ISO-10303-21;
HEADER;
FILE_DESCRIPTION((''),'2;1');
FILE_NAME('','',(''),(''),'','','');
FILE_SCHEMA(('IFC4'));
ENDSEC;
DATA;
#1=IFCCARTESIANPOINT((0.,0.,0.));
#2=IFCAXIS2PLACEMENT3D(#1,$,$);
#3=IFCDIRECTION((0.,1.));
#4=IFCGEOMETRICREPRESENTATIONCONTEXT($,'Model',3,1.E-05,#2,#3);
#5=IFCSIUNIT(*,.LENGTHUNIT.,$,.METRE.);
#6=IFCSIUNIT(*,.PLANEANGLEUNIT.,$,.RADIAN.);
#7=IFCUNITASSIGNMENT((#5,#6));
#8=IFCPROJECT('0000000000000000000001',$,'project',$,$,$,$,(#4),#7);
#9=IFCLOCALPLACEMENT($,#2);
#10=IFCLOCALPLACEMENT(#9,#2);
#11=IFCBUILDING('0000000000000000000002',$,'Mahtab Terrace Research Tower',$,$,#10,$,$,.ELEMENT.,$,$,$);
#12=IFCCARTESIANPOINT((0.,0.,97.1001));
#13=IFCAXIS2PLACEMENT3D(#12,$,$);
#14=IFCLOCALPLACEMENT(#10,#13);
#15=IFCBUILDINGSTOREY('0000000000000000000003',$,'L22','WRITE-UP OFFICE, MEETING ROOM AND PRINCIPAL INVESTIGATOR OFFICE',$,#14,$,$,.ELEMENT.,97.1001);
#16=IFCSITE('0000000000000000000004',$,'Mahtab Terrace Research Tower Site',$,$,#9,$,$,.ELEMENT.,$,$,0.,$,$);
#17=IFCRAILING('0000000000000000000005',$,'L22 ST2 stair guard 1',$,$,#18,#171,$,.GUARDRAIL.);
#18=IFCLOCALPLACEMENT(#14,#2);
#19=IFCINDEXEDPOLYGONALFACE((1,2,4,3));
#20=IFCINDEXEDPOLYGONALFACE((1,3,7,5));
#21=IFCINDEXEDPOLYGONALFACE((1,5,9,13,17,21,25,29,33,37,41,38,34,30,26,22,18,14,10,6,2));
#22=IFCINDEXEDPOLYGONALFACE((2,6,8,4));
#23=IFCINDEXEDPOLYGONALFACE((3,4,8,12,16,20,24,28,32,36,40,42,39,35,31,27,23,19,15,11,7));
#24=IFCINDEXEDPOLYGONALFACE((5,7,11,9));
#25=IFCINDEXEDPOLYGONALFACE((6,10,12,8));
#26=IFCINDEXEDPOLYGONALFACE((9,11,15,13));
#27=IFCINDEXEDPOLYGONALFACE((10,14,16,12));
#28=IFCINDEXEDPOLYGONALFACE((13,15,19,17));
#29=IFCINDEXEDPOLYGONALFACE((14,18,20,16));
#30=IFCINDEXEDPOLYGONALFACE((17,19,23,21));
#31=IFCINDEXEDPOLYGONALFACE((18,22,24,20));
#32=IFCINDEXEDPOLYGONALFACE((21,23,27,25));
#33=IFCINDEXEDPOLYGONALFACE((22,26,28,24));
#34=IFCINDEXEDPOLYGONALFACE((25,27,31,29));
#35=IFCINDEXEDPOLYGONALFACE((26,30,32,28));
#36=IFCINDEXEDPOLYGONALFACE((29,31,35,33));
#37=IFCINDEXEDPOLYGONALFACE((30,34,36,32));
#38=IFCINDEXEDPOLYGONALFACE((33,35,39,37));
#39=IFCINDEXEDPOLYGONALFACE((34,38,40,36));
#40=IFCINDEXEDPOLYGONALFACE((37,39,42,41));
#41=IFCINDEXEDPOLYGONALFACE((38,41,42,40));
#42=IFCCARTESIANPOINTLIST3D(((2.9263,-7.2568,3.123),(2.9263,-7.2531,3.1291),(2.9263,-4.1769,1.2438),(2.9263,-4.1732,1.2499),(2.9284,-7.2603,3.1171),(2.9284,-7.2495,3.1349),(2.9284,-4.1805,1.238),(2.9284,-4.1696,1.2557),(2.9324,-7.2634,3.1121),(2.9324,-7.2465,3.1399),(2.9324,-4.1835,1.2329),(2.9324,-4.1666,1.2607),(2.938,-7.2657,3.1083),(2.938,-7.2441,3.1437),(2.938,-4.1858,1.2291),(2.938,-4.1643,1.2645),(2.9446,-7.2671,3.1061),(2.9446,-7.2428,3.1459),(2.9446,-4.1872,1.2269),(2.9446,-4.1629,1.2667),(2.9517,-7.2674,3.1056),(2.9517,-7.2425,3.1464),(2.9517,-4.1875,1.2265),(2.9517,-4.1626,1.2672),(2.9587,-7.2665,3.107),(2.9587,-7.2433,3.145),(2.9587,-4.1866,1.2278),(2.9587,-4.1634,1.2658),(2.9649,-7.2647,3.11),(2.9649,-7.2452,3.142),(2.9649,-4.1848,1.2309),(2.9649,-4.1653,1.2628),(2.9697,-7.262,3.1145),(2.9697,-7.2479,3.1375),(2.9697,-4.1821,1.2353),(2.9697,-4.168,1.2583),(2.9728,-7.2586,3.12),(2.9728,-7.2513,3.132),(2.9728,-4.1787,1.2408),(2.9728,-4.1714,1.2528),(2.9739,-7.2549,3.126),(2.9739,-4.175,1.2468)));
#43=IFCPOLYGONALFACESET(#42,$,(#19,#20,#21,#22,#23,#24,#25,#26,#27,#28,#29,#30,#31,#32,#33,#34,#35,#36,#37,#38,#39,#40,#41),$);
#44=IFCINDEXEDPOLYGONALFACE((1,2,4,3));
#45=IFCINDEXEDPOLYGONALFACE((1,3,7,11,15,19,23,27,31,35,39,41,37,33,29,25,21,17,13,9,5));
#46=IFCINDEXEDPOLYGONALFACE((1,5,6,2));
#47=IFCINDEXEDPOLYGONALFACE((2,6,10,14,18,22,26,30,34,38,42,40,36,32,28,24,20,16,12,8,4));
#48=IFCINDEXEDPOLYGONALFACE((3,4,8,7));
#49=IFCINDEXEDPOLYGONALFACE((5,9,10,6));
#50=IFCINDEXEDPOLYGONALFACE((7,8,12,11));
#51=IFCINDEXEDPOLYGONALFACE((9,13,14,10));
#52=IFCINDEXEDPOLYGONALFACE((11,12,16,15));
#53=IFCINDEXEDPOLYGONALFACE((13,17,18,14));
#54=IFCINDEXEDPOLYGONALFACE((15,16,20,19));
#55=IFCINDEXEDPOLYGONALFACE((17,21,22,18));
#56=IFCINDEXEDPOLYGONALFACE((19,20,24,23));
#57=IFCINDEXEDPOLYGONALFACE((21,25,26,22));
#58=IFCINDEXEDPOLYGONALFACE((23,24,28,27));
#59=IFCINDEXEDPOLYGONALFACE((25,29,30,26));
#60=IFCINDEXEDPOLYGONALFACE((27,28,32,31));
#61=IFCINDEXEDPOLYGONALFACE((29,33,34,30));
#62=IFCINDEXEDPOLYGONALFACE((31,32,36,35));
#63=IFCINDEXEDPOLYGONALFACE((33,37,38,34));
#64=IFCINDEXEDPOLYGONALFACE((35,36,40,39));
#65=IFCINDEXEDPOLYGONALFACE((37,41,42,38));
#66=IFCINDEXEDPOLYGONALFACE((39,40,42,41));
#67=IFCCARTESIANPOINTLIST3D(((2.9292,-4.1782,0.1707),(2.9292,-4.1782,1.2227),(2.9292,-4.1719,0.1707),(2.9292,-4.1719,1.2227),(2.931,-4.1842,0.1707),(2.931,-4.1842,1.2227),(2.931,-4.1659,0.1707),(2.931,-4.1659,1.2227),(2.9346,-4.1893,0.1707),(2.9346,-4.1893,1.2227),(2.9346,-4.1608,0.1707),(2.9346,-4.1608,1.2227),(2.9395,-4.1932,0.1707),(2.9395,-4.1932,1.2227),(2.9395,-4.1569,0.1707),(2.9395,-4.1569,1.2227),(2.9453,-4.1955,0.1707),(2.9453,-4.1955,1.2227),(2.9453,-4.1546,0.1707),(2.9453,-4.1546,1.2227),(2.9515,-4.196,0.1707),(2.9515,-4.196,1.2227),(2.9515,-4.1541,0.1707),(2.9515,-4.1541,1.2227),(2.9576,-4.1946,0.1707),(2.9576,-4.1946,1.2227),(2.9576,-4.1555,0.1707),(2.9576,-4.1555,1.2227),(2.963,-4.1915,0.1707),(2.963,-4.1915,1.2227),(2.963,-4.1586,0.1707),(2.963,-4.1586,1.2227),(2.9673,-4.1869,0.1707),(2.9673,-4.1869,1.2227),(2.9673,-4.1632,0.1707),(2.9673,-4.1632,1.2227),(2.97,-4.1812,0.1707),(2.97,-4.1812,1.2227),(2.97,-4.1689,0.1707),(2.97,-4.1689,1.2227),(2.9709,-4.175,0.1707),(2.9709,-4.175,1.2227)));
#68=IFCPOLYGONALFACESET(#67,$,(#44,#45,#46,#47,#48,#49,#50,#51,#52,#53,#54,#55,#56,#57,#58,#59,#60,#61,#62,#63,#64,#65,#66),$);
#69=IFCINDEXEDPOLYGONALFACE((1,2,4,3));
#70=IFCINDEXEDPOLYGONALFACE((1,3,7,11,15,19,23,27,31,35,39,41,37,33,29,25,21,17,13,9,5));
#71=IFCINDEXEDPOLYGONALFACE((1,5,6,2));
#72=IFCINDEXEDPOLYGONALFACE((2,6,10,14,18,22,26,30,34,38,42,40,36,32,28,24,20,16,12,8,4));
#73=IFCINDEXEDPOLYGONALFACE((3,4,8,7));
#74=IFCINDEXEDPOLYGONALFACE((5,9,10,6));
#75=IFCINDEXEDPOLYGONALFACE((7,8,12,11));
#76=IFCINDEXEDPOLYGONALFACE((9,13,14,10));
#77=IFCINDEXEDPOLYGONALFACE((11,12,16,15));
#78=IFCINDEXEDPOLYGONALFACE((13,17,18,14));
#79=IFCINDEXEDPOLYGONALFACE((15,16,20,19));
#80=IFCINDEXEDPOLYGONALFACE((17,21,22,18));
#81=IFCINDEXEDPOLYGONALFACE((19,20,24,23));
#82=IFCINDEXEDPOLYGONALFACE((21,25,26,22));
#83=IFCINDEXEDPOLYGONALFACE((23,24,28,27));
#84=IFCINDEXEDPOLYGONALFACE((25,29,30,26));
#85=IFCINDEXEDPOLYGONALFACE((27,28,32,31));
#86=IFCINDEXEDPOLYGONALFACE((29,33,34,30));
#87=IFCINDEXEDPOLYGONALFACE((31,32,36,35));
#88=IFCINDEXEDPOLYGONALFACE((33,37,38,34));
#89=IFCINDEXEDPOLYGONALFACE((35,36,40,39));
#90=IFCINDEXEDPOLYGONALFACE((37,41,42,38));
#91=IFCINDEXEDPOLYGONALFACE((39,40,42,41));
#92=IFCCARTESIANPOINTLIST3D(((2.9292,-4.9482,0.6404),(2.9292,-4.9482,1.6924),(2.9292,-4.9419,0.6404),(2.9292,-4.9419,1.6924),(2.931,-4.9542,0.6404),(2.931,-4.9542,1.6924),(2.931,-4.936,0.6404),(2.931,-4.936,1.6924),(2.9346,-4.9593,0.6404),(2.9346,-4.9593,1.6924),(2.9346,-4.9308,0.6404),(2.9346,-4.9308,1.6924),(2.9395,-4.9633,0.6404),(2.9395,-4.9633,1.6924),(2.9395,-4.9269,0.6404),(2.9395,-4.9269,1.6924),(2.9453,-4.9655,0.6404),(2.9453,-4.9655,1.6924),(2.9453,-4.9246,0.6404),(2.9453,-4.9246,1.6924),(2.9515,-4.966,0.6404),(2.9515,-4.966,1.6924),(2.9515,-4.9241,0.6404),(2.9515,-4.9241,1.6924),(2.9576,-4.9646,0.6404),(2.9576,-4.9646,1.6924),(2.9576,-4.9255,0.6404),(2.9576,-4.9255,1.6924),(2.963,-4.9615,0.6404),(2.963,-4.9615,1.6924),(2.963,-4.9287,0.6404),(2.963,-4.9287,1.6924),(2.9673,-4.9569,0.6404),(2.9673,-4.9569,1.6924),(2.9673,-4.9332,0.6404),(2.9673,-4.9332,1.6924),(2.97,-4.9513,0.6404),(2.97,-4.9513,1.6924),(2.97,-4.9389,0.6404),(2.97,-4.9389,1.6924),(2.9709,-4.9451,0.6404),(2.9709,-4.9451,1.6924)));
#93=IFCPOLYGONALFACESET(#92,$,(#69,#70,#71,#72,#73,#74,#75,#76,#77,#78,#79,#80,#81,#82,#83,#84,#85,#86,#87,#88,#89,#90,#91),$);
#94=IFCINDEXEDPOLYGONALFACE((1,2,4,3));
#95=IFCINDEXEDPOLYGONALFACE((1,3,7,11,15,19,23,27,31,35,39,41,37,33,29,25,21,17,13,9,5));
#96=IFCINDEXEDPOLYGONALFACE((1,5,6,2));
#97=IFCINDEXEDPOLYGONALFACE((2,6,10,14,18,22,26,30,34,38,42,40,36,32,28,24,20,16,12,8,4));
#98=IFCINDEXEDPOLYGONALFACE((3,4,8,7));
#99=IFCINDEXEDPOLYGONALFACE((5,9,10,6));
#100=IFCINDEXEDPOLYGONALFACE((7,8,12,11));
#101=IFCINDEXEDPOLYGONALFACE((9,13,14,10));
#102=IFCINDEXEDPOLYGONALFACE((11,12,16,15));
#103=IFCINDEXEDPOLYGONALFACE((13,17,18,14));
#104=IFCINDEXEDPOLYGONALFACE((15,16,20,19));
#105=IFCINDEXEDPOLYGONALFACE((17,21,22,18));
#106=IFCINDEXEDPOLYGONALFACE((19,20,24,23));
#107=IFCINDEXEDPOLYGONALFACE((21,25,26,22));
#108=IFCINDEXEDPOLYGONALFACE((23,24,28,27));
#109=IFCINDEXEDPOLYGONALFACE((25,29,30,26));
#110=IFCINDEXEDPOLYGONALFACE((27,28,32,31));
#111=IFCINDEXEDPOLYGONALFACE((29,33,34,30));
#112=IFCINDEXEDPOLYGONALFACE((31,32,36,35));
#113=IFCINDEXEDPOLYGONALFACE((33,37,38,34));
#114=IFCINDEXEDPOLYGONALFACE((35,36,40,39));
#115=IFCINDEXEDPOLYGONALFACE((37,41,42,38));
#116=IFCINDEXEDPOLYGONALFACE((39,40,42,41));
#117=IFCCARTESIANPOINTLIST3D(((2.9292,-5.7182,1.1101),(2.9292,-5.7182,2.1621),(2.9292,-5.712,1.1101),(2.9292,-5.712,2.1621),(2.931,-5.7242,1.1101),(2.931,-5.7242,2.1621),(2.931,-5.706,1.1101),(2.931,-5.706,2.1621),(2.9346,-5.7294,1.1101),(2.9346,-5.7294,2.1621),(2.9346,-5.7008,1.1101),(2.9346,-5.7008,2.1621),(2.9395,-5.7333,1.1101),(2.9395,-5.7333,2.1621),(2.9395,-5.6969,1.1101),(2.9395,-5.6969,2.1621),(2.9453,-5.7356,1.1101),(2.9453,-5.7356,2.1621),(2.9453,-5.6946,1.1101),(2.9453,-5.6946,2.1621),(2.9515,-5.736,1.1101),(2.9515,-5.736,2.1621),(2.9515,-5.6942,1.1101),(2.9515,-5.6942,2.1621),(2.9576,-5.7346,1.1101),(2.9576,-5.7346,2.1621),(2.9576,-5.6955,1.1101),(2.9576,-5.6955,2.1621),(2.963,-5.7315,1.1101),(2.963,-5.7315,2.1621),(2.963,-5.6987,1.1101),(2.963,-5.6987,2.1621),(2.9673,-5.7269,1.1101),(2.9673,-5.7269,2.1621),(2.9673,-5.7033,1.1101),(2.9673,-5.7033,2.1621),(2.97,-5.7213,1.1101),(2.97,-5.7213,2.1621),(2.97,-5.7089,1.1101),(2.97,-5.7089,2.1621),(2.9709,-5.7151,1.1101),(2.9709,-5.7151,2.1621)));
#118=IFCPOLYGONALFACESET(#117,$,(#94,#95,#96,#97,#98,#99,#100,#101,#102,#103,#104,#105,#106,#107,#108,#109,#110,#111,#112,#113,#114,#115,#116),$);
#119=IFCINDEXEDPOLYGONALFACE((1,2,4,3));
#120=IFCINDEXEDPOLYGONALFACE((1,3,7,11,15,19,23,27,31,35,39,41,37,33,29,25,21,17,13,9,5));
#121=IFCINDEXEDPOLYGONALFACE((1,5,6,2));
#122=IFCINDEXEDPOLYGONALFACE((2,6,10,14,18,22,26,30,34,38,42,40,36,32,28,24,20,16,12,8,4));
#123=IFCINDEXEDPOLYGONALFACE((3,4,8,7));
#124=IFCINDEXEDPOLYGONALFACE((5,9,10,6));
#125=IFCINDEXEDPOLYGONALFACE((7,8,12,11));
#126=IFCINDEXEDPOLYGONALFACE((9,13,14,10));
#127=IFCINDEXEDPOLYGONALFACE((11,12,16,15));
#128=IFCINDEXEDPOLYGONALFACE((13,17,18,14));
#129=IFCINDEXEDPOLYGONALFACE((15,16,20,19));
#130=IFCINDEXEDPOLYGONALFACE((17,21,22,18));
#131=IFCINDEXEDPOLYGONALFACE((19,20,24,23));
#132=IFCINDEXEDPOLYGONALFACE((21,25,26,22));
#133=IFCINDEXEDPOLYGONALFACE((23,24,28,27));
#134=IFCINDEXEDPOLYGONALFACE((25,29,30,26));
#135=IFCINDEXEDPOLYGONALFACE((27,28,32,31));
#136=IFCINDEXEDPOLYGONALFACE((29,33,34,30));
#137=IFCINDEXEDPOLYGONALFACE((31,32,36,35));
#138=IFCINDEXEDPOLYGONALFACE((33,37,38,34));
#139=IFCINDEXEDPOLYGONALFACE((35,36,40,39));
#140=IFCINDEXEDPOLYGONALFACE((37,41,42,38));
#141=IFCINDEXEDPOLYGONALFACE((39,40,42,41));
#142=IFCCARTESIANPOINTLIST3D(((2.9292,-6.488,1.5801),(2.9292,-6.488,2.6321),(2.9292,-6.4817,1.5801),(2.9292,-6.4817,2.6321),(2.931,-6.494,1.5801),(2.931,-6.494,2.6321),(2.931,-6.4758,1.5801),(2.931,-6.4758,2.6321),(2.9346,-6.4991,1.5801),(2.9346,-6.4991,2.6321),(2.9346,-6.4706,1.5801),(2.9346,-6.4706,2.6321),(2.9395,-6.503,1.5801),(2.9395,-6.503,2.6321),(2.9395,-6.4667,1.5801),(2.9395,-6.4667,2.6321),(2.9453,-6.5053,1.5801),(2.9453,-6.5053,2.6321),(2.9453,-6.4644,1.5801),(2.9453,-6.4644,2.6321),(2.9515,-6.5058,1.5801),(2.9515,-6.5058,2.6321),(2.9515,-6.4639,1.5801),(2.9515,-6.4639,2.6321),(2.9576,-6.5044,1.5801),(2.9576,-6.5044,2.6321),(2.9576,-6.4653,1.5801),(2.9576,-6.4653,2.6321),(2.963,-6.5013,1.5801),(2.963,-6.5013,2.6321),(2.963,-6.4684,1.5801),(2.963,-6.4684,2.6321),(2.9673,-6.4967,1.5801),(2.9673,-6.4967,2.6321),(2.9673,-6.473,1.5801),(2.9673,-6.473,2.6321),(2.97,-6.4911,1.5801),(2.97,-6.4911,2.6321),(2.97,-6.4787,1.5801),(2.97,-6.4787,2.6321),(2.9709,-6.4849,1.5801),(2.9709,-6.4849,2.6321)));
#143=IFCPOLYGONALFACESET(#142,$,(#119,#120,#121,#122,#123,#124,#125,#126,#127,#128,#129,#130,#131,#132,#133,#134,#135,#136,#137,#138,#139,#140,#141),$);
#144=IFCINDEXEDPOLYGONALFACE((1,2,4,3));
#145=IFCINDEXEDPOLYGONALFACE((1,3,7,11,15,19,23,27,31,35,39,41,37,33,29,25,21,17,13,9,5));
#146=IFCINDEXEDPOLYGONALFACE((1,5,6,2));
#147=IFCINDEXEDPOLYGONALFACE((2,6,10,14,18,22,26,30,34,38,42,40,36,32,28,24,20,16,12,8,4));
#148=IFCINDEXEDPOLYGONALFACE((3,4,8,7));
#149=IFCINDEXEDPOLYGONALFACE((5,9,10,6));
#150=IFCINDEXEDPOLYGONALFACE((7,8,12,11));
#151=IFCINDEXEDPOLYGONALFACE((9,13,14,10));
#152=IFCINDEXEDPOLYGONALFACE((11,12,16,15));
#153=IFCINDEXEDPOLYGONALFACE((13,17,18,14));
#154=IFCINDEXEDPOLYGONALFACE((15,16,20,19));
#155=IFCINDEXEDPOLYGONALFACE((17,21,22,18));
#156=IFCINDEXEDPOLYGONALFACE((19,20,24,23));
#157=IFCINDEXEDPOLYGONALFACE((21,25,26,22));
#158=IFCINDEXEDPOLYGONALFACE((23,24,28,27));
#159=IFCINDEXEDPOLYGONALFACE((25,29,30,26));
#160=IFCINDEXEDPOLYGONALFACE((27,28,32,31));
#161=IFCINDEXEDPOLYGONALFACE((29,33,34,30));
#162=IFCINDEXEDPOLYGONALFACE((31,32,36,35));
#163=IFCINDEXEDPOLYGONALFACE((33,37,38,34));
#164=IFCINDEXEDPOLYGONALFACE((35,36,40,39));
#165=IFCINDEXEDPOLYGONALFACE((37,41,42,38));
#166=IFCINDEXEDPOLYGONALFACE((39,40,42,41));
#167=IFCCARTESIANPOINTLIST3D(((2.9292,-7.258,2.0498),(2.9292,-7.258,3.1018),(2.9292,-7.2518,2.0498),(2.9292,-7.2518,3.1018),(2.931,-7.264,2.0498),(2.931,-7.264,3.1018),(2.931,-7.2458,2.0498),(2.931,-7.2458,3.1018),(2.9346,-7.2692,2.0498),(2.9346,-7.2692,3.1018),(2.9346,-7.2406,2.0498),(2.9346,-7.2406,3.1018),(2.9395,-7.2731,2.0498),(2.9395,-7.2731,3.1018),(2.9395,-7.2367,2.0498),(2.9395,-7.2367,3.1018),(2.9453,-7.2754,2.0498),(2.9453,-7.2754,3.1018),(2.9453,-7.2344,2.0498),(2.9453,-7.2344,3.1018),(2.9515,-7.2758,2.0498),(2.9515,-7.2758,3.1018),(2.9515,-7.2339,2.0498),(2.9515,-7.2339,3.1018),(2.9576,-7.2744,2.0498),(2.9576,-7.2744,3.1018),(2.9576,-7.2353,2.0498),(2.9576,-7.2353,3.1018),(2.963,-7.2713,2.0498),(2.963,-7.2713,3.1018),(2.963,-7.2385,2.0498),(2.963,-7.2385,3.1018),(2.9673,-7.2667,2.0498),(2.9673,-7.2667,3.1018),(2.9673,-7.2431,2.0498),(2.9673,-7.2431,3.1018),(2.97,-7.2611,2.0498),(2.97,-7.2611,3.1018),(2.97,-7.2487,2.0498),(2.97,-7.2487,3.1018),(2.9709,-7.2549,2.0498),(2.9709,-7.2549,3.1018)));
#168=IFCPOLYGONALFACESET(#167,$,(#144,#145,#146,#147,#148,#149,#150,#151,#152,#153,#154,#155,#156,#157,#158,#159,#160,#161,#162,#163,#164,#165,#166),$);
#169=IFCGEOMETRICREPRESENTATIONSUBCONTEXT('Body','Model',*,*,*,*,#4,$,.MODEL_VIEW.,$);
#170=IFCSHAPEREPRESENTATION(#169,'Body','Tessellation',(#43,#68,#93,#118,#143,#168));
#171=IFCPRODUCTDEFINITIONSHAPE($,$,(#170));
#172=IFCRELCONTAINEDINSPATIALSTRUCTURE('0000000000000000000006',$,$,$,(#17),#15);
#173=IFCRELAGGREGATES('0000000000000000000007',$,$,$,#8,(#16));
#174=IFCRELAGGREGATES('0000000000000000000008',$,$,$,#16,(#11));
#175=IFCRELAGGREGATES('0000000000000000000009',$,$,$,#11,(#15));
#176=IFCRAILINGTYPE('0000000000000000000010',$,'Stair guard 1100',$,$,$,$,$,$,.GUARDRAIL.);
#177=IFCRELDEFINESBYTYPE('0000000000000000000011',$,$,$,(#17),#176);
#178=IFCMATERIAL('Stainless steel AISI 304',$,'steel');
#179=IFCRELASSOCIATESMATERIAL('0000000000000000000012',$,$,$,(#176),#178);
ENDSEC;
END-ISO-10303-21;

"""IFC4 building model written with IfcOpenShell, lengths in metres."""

from ifc_helpers import new_model, si_unit, direction, frame, origin, origin_2d, place, context, subcontext, project, spatial, circle, extrude, material, type_object, element, save


model = new_model("IFC4")

# Units and contexts
model_context = context("Model", 3, precision=1e-05, world=origin(), true_north=direction((0.0, 1.0)))
body_context = subcontext(model_context, "Body", "Model", "MODEL_VIEW")
ifc_project = project(units=[si_unit("LENGTHUNIT", "METRE"), si_unit("PLANEANGLEUNIT", "RADIAN")], contexts=[model_context])

# Site, building, storey
site_placement = place(None, origin())
site = spatial("IfcSite", under=ifc_project, at=site_placement, Name="Mahtab Terrace Research Tower Site", CompositionType="ELEMENT", RefElevation=0.0)
building_placement = place(site_placement, origin())
building = spatial("IfcBuilding", under=site, at=building_placement, Name="Mahtab Terrace Research Tower", CompositionType="ELEMENT")
storey_placement = place(building_placement, frame((0.0, 0.0, 97.1001)))
storey = spatial("IfcBuildingStorey", under=building, at=storey_placement, Name="L22", Description="WRITE-UP OFFICE, MEETING ROOM AND PRINCIPAL INVESTIGATOR OFFICE", CompositionType="ELEMENT", Elevation=97.1001)

# Railing
ifc_material_1 = material(Name="Stainless steel AISI 304", Category="steel")
railing_type_1 = type_object("IfcRailingType", Name="Stair guard 1100", PredefinedType="GUARDRAIL", material=ifc_material_1)
railing_1_placement = place(storey_placement, frame((2.95, -4.175, 0.1707)))
element("IfcRailing", 1, at=railing_1_placement, inside=storey, type_object=railing_type_1, Name="L22 ST2 stair guard 1", PredefinedType="GUARDRAIL", context=body_context, shape_type="SweptSolid", body=[
    extrude(circle(Radius=0.0239, at=origin_2d()), frame((0.0, 0.0, 1.0762), z_axis=(0.0, -0.853648, 0.52085), x_axis=(1.0, 0.0, 0.0)), (0.0, 0.0, 1.0), 3.6079),
    extrude(circle(Radius=0.021, at=origin_2d()), origin(), (0.0, 0.0, 1.0), 1.052),
    extrude(circle(Radius=0.021, at=origin_2d()), frame((0.0, -0.77, 0.4697)), (0.0, 0.0, 1.0), 1.052),
    extrude(circle(Radius=0.021, at=origin_2d()), frame((0.0, -1.54, 0.9395)), (0.0, 0.0, 1.0), 1.052),
    extrude(circle(Radius=0.021, at=origin_2d()), frame((0.0, -2.3098, 1.4094)), (0.0, 0.0, 1.0), 1.052),
    extrude(circle(Radius=0.021, at=origin_2d()), frame((0.0, -3.0798, 1.8792)), (0.0, 0.0, 1.0), 1.052),
])

save(model, "model.ifc")
